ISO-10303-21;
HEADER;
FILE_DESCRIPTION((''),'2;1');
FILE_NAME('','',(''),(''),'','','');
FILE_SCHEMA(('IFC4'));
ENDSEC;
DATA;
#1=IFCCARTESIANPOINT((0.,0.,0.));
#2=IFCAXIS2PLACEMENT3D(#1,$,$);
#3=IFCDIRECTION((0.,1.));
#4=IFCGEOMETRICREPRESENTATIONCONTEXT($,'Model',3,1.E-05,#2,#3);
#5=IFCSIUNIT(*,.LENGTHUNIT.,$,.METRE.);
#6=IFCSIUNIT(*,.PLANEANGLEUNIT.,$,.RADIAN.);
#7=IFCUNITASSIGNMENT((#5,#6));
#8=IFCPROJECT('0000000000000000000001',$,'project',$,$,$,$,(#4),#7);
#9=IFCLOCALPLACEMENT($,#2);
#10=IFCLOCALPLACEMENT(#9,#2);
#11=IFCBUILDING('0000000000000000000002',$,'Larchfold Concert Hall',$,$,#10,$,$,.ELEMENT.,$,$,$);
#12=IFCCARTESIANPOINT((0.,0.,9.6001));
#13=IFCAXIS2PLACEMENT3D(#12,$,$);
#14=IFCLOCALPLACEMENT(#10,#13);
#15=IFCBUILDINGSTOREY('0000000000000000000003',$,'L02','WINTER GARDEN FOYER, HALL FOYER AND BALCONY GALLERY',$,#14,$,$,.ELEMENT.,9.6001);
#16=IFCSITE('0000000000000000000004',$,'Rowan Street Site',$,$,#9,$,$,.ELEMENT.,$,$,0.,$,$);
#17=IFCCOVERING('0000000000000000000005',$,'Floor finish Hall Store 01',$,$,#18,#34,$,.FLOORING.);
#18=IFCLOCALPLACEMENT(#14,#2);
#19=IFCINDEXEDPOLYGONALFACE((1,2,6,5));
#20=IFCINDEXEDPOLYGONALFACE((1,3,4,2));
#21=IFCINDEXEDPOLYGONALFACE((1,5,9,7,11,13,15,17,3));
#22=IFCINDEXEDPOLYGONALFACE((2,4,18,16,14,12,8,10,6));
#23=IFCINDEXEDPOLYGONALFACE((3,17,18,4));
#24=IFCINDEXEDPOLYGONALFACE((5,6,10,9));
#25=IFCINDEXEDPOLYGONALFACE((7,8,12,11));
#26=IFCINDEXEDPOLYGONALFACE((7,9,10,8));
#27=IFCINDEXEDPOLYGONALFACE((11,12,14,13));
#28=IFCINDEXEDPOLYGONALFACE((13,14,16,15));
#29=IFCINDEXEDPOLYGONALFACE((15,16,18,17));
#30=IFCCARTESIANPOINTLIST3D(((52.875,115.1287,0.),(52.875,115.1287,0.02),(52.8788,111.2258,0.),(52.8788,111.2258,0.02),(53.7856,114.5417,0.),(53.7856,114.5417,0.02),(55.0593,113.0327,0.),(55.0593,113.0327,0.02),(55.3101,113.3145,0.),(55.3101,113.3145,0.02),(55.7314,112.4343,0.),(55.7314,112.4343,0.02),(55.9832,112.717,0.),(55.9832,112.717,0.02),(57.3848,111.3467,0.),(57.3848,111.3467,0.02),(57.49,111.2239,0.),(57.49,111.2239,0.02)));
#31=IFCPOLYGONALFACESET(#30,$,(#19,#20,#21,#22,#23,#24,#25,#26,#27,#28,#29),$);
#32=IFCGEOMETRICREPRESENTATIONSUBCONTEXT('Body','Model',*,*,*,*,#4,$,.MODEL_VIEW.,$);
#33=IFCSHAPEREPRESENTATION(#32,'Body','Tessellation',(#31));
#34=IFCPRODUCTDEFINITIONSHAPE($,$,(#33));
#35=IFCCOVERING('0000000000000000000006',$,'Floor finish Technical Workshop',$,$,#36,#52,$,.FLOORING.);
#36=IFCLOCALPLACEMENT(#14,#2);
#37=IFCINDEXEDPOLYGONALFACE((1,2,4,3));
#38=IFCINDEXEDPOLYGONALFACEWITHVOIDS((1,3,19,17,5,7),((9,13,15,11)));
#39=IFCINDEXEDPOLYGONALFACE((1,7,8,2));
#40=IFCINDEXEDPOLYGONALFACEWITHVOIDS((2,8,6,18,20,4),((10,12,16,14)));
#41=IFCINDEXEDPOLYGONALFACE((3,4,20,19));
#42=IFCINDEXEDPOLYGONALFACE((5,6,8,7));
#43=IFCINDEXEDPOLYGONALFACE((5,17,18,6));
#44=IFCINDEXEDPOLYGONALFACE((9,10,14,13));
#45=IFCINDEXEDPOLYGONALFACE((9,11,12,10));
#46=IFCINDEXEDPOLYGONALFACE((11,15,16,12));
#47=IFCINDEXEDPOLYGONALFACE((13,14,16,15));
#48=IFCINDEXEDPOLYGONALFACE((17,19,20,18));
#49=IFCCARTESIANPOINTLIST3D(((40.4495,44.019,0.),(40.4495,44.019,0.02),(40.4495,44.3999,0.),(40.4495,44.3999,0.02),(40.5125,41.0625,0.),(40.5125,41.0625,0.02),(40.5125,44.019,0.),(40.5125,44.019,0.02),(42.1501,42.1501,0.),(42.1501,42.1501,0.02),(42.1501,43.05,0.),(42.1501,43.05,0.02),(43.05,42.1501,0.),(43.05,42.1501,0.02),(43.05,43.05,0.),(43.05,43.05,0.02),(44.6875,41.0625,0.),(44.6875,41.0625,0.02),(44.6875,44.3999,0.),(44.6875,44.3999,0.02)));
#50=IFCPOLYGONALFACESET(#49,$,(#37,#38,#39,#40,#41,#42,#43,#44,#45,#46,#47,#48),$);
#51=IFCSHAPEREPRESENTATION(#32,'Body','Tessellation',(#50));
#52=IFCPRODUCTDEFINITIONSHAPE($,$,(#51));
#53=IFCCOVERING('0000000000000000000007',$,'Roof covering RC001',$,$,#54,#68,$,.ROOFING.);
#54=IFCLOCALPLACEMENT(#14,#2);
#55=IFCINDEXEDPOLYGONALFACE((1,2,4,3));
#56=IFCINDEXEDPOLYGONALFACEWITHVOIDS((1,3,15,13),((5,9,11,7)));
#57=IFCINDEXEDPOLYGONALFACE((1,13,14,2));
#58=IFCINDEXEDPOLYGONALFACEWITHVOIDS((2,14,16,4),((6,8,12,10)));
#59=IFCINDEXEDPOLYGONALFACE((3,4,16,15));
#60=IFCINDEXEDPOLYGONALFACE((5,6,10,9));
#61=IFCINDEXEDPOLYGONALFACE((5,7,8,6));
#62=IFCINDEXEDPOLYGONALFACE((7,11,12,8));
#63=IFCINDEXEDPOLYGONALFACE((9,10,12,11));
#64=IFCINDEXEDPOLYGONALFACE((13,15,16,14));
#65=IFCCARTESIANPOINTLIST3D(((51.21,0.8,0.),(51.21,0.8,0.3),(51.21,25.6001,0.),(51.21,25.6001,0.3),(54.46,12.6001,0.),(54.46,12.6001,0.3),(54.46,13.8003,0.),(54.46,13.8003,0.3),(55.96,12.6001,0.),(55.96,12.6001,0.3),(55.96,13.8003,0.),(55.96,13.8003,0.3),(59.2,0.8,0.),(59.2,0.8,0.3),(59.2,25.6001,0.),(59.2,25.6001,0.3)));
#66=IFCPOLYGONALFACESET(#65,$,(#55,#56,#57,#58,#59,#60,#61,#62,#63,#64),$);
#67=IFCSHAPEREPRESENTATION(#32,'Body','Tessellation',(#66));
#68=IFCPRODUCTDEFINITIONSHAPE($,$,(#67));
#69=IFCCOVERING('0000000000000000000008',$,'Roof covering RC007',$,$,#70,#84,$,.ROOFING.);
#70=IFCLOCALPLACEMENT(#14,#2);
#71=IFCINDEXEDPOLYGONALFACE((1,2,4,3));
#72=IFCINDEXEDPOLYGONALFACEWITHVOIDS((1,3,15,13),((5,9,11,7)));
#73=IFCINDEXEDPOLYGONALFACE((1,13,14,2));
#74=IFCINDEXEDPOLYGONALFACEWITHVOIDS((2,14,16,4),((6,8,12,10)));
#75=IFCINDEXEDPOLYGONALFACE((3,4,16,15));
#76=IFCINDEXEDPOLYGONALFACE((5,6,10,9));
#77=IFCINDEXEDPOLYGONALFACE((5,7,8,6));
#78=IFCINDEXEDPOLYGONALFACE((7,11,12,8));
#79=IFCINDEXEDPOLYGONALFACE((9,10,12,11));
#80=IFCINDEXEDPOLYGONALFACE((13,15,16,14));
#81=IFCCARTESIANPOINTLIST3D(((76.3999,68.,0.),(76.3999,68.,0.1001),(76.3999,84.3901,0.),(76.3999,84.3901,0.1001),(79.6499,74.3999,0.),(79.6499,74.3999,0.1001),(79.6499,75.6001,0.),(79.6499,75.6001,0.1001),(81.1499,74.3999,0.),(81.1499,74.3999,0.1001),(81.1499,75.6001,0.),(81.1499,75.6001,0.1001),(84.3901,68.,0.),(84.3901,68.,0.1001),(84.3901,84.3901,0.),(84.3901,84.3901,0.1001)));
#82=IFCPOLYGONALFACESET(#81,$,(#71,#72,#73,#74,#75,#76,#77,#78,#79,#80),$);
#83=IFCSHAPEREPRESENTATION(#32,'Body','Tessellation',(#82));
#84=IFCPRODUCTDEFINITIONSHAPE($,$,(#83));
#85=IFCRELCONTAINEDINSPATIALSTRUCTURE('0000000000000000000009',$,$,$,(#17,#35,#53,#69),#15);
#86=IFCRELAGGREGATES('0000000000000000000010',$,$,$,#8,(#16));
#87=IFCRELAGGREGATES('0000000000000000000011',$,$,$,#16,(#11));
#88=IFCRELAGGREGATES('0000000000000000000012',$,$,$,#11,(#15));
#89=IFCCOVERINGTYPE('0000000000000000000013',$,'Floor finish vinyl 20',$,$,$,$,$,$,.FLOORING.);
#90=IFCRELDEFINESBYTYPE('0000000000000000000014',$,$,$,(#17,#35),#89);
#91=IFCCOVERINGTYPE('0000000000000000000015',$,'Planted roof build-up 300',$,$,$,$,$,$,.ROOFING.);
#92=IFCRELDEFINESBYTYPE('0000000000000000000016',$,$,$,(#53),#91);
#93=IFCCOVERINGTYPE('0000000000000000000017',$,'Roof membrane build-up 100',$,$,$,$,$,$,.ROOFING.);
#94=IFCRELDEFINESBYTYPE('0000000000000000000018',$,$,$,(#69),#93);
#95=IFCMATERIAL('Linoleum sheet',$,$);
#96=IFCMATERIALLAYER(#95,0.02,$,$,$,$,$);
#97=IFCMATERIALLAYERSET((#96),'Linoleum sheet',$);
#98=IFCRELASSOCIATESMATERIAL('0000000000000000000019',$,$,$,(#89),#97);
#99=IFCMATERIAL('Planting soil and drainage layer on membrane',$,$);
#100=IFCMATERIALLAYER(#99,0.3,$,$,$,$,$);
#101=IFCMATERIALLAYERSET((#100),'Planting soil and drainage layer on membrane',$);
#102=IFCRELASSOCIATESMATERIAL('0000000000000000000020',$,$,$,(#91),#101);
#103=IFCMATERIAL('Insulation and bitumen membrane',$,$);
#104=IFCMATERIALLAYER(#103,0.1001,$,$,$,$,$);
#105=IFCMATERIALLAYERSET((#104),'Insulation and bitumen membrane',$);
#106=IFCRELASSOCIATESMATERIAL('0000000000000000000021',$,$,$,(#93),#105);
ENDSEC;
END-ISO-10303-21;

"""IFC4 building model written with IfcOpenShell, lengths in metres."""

from ifc_helpers import new_model, si_unit, direction, frame, origin, place, context, subcontext, project, spatial, polyline, outline, extrude, material, layer, layer_set, type_object, element, save


model = new_model("IFC4")

# Units and contexts
model_context = context("Model", 3, precision=1e-05, world=origin(), true_north=direction((0.0, 1.0)))
body_context = subcontext(model_context, "Body", "Model", "MODEL_VIEW")
ifc_project = project(units=[si_unit("LENGTHUNIT", "METRE"), si_unit("PLANEANGLEUNIT", "RADIAN")], contexts=[model_context])

# Site, building, storey
site_placement = place(None, origin())
site = spatial("IfcSite", under=ifc_project, at=site_placement, Name="Rowan Street Site", CompositionType="ELEMENT", RefElevation=0.0)
building_placement = place(site_placement, origin())
building = spatial("IfcBuilding", under=site, at=building_placement, Name="Larchfold Concert Hall", CompositionType="ELEMENT")
storey_placement = place(building_placement, frame((0.0, 0.0, 9.6001)))
storey = spatial("IfcBuildingStorey", under=building, at=storey_placement, Name="L02", Description="WINTER GARDEN FOYER, HALL FOYER AND BALCONY GALLERY", CompositionType="ELEMENT", Elevation=9.6001)

# Coverings
ifc_material_1 = material(Name="Linoleum sheet")
ifc_layer_1 = layer(ifc_material_1, 0.02)
ifc_layer_set_1 = layer_set([ifc_layer_1], Name="Linoleum sheet")
covering_type_1 = type_object("IfcCoveringType", Name="Floor finish vinyl 20", PredefinedType="FLOORING", material=ifc_layer_set_1)
covering_1_placement = place(storey_placement, origin())
element("IfcCovering", 1, at=covering_1_placement, inside=storey, type_object=covering_type_1, Name="Floor finish Hall Store 01", PredefinedType="FLOORING", context=body_context, shape_type="SweptSolid", body=[
    extrude(outline(polyline([(52.8789, 111.1501), (52.8789, 111.2258), (57.49, 111.2239), (57.3848, 111.3467), (55.9832, 112.717), (55.7314, 112.4343), (55.0593, 113.0327), (55.3101, 113.3145), (53.7856, 114.5417), (52.875, 115.1287), (52.8789, 111.1501)])), origin(), (0.0, 0.0, 1.0), 0.02),
])
covering_2_placement = place(storey_placement, origin())
element("IfcCovering", 2, at=covering_2_placement, inside=storey, type_object=covering_type_1, Name="Floor finish Technical Workshop", PredefinedType="FLOORING", context=body_context, shape_type="SweptSolid", body=[
    extrude(outline(polyline([(40.4495, 44.3999), (40.4495, 44.019), (40.5125, 44.019), (40.5125, 41.0625), (44.6875, 41.0625), (44.6875, 44.3999), (40.4495, 44.3999)]), holes=[polyline([(43.05, 42.1501), (42.1501, 42.1501), (42.1501, 43.05), (43.05, 43.05), (43.05, 42.1501)])]), origin(), (0.0, 0.0, 1.0), 0.02),
])
ifc_material_2 = material(Name="Planting soil and drainage layer on membrane")
ifc_layer_2 = layer(ifc_material_2, 0.3)
ifc_layer_set_2 = layer_set([ifc_layer_2], Name="Planting soil and drainage layer on membrane")
covering_type_2 = type_object("IfcCoveringType", Name="Planted roof build-up 300", PredefinedType="ROOFING", material=ifc_layer_set_2)
covering_3_placement = place(storey_placement, origin())
element("IfcCovering", 3, at=covering_3_placement, inside=storey, type_object=covering_type_2, Name="Roof covering RC001", PredefinedType="ROOFING", context=body_context, shape_type="SweptSolid", body=[
    extrude(outline(polyline([(51.21, 25.6001), (51.21, 0.8), (59.2, 0.8), (59.2, 25.6001), (51.21, 25.6001)]), holes=[polyline([(55.96, 13.8003), (54.46, 13.8003), (54.46, 12.6001), (55.96, 12.6001), (55.96, 13.8003)])]), origin(), (0.0, 0.0, 1.0), 0.3),
])
ifc_material_3 = material(Name="Insulation and bitumen membrane")
ifc_layer_3 = layer(ifc_material_3, 0.1001)
ifc_layer_set_3 = layer_set([ifc_layer_3], Name="Insulation and bitumen membrane")
covering_type_3 = type_object("IfcCoveringType", Name="Roof membrane build-up 100", PredefinedType="ROOFING", material=ifc_layer_set_3)
covering_4_placement = place(storey_placement, origin())
element("IfcCovering", 4, at=covering_4_placement, inside=storey, type_object=covering_type_3, Name="Roof covering RC007", PredefinedType="ROOFING", context=body_context, shape_type="SweptSolid", body=[
    extrude(outline(polyline([(76.3999, 68.0), (84.3901, 68.0), (84.3901, 84.3901), (76.3999, 84.3901), (76.3999, 68.0)]), holes=[polyline([(81.1499, 75.6001), (79.6499, 75.6001), (79.6499, 74.3999), (81.1499, 74.3999), (81.1499, 75.6001)])]), origin(), (0.0, 0.0, 1.0), 0.1001),
])

save(model, "model.ifc")
